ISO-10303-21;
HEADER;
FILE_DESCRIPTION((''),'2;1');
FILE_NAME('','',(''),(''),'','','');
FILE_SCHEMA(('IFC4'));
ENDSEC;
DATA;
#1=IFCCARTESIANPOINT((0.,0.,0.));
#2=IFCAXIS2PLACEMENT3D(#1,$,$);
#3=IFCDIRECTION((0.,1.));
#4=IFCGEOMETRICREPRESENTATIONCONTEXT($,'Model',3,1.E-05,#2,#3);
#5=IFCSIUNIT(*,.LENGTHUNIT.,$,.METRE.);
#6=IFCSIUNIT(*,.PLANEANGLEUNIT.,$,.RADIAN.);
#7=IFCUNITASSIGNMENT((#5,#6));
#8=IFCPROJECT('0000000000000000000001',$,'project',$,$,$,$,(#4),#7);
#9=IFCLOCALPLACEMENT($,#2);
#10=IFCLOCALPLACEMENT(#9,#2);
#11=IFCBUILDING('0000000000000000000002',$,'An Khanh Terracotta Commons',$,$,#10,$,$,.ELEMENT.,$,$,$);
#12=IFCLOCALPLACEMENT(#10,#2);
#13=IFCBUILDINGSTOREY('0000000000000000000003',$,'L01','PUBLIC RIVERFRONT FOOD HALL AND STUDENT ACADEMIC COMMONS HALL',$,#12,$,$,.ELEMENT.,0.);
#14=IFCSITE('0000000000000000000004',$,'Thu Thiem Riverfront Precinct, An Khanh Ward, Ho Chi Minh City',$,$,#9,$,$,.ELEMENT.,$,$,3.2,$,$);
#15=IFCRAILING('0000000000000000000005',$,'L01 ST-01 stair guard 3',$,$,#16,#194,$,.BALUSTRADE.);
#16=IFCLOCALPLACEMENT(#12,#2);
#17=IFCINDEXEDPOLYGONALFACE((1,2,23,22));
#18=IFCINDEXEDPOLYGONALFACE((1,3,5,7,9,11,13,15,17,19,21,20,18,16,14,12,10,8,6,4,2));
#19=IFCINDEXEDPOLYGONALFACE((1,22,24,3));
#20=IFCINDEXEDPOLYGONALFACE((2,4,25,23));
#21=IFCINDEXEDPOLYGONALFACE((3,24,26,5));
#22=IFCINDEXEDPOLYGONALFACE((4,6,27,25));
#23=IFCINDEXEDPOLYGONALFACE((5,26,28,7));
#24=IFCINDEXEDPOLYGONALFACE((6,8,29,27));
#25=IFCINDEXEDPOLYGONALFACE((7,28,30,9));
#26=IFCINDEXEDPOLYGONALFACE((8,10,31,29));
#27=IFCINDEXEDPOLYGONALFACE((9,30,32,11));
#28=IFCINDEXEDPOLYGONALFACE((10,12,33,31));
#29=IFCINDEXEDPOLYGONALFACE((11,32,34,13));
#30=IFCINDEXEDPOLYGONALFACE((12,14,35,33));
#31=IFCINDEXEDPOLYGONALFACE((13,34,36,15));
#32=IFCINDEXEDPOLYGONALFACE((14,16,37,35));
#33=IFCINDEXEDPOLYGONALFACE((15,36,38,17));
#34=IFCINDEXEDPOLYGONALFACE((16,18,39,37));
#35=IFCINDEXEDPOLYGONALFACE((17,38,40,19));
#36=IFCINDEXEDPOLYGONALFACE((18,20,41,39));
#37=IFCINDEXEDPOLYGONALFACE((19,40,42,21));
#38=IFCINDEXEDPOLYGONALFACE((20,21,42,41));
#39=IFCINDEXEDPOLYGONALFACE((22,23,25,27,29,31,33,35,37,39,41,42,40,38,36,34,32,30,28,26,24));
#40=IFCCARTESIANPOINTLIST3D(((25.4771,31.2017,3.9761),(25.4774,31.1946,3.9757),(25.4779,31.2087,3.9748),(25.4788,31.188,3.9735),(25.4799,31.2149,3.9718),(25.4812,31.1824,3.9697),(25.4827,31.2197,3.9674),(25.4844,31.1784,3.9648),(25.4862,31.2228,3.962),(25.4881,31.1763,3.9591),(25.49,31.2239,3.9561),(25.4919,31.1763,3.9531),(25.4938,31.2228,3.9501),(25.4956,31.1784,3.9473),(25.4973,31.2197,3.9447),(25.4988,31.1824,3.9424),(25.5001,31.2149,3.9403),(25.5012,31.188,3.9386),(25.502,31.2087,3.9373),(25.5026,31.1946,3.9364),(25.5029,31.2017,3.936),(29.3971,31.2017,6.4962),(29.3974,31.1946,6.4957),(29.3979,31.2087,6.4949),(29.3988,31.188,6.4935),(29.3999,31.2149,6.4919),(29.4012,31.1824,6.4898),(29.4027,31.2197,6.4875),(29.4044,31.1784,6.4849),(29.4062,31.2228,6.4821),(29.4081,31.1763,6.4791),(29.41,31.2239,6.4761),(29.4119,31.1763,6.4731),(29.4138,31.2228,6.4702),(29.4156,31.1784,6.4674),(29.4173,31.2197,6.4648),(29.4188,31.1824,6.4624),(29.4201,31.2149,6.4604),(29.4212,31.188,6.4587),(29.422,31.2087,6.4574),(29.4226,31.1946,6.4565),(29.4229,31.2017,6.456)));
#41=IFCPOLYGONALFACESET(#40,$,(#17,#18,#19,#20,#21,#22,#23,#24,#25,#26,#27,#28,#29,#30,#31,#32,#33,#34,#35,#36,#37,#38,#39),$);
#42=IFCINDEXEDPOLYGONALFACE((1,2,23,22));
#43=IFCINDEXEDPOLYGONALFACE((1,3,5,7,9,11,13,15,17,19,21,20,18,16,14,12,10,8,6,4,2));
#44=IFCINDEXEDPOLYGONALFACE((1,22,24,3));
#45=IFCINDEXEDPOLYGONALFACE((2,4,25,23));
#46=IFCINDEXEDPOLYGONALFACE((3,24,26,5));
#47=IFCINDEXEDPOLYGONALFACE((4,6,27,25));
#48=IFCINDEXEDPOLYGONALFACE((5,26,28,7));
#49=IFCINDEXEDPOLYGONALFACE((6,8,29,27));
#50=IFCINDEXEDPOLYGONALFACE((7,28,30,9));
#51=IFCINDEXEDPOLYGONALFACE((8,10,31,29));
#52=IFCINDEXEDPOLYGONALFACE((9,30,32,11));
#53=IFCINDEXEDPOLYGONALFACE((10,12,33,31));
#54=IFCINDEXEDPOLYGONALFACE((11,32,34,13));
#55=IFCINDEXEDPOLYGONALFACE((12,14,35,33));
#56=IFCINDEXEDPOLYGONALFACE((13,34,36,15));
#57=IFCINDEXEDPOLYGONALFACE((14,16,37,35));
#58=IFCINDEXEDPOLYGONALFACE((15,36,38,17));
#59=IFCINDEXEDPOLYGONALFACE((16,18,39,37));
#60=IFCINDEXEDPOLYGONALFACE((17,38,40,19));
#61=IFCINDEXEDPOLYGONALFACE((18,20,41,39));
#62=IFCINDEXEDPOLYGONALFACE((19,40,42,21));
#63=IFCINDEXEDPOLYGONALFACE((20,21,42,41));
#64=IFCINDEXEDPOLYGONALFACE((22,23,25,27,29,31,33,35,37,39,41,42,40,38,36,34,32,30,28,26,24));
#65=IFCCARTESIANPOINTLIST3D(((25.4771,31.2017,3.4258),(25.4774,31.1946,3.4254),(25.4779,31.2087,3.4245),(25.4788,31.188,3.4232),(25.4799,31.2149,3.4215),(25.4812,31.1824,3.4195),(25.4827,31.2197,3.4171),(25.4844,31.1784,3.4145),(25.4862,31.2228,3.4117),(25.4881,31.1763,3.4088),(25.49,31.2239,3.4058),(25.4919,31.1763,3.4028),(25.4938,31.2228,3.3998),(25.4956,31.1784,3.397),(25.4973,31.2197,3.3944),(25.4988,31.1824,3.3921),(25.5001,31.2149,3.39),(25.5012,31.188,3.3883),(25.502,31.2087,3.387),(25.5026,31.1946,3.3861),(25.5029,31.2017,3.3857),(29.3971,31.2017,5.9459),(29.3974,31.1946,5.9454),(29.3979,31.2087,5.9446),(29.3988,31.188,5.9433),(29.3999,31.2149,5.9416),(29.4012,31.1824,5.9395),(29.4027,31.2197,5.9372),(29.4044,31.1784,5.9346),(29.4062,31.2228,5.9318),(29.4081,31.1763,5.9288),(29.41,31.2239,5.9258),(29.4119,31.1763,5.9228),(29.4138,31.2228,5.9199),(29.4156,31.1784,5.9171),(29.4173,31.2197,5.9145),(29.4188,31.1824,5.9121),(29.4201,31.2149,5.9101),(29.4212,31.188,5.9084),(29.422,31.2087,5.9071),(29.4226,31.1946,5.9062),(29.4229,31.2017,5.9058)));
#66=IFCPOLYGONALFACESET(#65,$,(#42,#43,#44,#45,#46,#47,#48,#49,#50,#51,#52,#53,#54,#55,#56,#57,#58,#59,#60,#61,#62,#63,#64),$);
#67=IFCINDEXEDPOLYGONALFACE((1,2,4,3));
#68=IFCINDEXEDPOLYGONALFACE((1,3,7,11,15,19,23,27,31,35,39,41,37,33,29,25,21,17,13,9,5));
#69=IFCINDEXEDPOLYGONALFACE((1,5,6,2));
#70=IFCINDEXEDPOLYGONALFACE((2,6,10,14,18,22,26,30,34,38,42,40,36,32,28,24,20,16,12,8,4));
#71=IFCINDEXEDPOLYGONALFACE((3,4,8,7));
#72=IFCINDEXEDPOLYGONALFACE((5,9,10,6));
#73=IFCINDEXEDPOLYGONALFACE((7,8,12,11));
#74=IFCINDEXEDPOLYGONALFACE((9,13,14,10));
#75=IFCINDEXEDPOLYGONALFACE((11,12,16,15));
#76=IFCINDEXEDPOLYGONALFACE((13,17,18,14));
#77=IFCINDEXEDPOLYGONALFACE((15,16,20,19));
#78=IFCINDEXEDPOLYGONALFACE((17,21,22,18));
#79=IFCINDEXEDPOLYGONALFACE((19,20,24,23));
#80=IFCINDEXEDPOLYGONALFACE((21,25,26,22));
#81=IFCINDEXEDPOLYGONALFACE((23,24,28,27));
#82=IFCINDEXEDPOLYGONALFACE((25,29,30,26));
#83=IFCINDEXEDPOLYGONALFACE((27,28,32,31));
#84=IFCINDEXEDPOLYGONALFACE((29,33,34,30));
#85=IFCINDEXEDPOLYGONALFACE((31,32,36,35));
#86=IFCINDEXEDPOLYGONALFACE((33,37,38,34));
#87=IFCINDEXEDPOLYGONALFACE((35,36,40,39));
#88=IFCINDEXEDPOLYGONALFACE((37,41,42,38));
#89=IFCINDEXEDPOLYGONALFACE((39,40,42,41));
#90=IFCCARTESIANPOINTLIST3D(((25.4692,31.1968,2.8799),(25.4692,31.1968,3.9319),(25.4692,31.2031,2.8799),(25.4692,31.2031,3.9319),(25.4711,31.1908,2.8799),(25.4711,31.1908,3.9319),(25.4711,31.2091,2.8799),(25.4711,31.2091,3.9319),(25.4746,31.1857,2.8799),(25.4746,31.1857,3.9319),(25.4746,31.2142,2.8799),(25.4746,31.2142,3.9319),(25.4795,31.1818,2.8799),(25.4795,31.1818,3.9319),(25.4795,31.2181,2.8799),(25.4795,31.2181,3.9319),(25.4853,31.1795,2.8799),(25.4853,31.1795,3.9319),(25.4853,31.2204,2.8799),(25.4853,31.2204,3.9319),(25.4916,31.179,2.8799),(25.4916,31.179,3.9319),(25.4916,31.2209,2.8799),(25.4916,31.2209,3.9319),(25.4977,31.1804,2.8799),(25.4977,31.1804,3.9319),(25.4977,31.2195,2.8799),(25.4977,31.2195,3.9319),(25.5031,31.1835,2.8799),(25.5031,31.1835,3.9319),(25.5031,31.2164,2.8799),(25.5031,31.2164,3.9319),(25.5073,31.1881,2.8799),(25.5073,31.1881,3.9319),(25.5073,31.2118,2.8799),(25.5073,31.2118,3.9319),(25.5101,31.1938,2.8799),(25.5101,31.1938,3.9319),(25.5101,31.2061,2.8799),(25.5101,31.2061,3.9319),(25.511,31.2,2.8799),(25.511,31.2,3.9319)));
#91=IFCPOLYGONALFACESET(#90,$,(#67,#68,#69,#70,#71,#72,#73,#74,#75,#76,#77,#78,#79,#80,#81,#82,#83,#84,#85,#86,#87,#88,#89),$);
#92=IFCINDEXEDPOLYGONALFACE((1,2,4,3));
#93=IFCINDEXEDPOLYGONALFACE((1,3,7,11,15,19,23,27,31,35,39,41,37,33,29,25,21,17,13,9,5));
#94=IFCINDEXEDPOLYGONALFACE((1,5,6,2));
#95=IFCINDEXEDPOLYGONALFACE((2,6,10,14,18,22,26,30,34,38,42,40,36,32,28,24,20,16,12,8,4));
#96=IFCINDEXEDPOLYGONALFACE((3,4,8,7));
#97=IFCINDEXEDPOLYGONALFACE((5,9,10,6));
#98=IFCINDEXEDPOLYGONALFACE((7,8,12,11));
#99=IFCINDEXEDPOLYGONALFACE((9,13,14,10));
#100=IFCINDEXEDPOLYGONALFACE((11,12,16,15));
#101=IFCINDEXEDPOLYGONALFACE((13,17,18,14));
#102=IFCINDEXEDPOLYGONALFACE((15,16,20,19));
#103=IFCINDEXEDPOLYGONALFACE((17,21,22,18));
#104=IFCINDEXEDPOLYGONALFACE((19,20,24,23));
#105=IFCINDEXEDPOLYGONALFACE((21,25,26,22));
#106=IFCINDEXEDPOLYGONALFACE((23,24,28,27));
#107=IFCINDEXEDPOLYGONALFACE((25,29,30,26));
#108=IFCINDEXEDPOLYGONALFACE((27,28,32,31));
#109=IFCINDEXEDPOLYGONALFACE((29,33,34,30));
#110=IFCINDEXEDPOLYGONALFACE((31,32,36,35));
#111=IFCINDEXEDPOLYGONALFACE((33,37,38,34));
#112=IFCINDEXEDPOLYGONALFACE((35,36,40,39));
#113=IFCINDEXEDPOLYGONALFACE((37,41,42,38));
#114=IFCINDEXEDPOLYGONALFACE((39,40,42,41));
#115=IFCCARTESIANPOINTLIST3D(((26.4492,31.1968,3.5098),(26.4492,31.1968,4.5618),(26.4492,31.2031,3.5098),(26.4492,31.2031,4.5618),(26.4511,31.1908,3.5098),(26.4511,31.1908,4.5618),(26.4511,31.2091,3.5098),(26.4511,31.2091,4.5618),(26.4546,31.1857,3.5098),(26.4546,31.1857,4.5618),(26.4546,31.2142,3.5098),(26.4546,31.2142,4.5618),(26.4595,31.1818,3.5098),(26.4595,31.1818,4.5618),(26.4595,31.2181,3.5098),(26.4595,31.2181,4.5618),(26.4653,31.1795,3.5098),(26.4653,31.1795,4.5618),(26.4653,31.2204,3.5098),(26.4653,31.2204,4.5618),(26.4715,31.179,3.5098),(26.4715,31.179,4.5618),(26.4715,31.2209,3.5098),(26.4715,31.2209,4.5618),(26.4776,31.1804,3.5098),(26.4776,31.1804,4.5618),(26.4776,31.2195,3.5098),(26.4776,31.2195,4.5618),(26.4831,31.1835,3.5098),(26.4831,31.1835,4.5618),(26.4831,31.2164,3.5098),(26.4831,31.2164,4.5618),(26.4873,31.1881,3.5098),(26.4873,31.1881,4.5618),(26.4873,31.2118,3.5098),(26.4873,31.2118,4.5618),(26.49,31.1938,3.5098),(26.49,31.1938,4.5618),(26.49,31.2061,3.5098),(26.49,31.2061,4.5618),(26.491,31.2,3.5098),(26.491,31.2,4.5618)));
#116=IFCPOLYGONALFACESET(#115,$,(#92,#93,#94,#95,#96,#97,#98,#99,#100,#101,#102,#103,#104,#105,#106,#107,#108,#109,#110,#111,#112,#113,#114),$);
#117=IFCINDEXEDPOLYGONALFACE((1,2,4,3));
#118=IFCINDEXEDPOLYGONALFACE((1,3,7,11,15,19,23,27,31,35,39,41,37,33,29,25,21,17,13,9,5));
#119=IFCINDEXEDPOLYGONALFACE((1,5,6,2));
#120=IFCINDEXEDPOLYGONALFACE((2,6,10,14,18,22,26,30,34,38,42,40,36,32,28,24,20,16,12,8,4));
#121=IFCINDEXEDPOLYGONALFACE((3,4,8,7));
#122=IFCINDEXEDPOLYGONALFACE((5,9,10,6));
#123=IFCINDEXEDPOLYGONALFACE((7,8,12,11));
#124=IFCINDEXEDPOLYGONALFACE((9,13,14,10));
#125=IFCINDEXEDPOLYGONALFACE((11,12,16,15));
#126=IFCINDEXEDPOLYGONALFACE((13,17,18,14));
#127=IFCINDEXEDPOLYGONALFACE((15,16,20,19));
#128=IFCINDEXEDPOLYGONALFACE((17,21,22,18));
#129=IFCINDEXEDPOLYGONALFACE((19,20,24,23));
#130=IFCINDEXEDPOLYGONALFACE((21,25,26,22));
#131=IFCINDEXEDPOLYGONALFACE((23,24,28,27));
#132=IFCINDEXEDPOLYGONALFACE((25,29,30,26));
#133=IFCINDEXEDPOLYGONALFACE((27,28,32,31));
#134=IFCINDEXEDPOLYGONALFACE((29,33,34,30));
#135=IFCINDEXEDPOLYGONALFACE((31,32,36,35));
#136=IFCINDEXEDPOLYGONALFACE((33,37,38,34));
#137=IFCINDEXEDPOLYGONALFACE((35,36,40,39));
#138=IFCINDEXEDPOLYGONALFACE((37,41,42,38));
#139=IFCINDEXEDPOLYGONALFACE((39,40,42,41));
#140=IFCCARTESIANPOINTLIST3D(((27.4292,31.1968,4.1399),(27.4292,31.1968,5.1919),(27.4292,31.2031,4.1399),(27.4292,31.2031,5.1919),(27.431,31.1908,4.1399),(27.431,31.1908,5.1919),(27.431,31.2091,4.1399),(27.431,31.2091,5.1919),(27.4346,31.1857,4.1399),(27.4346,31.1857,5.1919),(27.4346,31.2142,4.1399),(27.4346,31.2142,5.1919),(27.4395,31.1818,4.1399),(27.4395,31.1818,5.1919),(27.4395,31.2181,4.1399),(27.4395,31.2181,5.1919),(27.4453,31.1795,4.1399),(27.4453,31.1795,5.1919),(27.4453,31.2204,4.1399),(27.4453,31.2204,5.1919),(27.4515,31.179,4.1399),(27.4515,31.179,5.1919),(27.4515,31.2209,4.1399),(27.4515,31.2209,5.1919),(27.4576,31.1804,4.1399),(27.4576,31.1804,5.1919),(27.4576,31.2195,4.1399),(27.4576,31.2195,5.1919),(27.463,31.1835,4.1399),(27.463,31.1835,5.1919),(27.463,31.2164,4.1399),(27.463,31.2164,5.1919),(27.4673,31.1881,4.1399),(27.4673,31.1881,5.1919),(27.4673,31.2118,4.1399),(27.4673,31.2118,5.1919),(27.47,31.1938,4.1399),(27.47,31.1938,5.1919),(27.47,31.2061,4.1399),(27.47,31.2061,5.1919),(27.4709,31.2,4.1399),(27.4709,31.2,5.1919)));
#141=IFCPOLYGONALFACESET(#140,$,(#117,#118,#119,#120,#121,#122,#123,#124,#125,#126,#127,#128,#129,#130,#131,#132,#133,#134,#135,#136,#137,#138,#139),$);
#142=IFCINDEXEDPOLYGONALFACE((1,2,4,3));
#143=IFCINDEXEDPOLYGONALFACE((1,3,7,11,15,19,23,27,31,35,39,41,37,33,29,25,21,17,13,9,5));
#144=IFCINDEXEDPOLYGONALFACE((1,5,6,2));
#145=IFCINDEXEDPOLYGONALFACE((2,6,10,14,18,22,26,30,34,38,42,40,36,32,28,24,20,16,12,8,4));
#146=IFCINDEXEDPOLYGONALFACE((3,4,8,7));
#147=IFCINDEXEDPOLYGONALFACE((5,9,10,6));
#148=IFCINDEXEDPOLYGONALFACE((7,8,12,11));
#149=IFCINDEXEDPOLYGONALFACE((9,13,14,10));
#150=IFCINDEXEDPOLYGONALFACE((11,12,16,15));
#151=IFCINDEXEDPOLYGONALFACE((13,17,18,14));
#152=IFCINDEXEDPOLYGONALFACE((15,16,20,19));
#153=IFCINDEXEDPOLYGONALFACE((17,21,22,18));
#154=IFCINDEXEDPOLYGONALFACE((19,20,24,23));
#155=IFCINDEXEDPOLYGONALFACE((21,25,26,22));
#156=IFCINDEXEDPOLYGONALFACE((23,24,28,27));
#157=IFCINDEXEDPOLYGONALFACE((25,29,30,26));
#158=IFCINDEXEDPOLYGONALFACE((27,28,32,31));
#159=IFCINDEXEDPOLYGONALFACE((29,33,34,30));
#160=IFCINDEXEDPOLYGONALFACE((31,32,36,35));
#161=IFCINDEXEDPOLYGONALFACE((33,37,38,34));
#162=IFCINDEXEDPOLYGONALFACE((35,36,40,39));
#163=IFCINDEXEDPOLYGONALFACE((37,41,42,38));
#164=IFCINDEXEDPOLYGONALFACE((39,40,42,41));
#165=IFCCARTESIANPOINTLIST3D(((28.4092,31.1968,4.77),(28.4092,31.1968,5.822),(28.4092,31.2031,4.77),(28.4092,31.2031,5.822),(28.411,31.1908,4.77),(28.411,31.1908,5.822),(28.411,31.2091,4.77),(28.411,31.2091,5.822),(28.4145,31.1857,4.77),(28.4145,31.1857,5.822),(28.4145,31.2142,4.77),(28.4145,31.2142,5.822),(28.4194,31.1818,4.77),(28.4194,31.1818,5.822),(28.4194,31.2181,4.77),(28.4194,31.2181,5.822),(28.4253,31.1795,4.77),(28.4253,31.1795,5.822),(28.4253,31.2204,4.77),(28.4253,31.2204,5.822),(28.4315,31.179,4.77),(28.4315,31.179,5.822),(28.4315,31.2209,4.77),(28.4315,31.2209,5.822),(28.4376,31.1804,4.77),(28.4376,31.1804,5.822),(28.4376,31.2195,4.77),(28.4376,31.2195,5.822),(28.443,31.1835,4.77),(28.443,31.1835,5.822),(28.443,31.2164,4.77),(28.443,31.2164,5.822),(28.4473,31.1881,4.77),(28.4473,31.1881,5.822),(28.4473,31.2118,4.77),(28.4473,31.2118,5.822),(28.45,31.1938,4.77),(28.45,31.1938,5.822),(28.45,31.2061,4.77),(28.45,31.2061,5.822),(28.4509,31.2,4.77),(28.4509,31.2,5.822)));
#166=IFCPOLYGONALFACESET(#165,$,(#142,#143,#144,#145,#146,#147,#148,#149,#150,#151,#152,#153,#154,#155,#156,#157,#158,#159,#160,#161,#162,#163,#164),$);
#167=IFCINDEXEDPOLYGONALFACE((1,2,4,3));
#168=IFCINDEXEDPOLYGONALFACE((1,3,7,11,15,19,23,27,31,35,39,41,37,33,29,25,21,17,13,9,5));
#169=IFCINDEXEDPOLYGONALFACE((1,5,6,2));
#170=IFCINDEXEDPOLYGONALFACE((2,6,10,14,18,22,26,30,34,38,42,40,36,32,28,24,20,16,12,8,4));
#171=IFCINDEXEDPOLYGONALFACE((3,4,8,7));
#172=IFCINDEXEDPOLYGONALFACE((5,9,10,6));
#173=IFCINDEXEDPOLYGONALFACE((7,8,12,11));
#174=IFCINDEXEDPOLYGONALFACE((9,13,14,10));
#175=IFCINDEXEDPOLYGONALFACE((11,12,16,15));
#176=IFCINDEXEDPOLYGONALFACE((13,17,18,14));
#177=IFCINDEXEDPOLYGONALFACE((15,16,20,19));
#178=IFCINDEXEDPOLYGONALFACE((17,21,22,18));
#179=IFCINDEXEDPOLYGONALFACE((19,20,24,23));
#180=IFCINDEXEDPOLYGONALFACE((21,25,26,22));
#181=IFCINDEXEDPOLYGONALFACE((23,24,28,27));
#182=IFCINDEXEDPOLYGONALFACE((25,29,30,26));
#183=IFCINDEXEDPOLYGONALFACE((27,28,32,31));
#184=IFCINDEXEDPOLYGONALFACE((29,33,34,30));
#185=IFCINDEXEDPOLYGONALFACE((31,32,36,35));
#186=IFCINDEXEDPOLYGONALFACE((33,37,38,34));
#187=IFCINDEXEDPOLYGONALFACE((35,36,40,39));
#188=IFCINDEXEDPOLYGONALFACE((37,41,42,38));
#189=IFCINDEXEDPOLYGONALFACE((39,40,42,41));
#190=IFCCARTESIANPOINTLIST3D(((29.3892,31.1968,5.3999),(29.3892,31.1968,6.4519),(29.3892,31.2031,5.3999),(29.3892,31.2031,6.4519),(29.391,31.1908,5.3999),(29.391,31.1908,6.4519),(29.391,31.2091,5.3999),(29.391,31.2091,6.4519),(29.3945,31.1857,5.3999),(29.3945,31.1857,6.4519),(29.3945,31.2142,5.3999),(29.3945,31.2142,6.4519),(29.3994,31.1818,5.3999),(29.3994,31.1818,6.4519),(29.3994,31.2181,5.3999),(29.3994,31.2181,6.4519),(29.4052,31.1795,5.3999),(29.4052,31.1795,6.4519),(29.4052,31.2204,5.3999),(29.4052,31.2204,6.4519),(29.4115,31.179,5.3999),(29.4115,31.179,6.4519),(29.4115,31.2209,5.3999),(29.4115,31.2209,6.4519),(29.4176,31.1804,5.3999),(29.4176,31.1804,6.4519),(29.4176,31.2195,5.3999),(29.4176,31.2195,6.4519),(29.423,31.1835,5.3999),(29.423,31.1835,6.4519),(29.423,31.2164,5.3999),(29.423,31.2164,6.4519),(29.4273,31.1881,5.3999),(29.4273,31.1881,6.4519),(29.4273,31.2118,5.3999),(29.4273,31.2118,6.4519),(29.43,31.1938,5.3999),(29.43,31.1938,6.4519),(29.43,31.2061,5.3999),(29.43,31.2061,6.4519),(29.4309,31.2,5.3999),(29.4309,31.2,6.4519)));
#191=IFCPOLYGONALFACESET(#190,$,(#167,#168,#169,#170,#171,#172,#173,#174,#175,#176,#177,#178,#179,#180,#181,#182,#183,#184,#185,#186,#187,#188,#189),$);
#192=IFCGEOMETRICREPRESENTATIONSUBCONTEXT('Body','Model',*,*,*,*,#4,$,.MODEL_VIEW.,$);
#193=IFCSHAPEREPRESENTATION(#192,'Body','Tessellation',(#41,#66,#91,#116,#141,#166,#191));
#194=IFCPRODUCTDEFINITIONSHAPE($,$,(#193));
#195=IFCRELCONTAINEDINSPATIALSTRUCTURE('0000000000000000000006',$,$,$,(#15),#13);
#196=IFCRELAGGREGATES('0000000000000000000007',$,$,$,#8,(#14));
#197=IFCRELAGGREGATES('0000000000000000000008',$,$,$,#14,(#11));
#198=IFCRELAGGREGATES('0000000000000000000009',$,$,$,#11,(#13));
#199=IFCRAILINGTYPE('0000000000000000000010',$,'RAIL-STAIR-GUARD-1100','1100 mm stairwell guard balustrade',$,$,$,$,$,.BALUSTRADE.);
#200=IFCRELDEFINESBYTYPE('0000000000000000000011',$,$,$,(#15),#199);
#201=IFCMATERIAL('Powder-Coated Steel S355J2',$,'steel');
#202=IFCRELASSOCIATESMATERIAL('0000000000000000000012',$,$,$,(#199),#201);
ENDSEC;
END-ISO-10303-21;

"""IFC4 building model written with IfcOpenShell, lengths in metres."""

from ifc_helpers import new_model, si_unit, direction, frame, origin, origin_2d, place, context, subcontext, project, spatial, circle, extrude, material, type_object, element, save


model = new_model("IFC4")

# Units and contexts
model_context = context("Model", 3, precision=1e-05, world=origin(), true_north=direction((0.0, 1.0)))
body_context = subcontext(model_context, "Body", "Model", "MODEL_VIEW")
ifc_project = project(units=[si_unit("LENGTHUNIT", "METRE"), si_unit("PLANEANGLEUNIT", "RADIAN")], contexts=[model_context])

# Site, building, storey
site_placement = place(None, origin())
site = spatial("IfcSite", under=ifc_project, at=site_placement, Name="Thu Thiem Riverfront Precinct, An Khanh Ward, Ho Chi Minh City", CompositionType="ELEMENT", RefElevation=3.2)
building_placement = place(site_placement, origin())
building = spatial("IfcBuilding", under=site, at=building_placement, Name="An Khanh Terracotta Commons", CompositionType="ELEMENT")
storey_placement = place(building_placement, origin())
storey = spatial("IfcBuildingStorey", under=building, at=storey_placement, Name="L01", Description="PUBLIC RIVERFRONT FOOD HALL AND STUDENT ACADEMIC COMMONS HALL", CompositionType="ELEMENT", Elevation=0.0)

# Railing
ifc_material_1 = material(Name="Powder-Coated Steel S355J2", Category="steel")
railing_type = type_object("IfcRailingType", Name="RAIL-STAIR-GUARD-1100", Description="1100 mm stairwell guard balustrade", PredefinedType="BALUSTRADE", material=ifc_material_1)
railing_1_placement = place(storey_placement, frame((25.49, 31.2, 2.8799)))
element("IfcRailing", 1, at=railing_1_placement, inside=storey, type_object=railing_type, Name="L01 ST-01 stair guard 3", PredefinedType="BALUSTRADE", context=body_context, shape_type="SweptSolid", body=[
    extrude(circle(Radius=0.0239, at=origin_2d()), frame((0.0, 0.0, 1.0762), z_axis=(0.841172, 0.0, 0.540768), x_axis=(0.0, 1.0, 0.0)), (0.0, 0.0, 1.0), 4.6602),
    extrude(circle(Radius=0.0239, at=origin_2d()), frame((0.0, 0.0, 0.5259), z_axis=(0.841172, 0.0, 0.540768), x_axis=(0.0, 1.0, 0.0)), (0.0, 0.0, 1.0), 4.6602),
    extrude(circle(Radius=0.021, at=origin_2d()), origin(), (0.0, 0.0, 1.0), 1.052),
    extrude(circle(Radius=0.021, at=origin_2d()), frame((0.98, 0.0, 0.6299)), (0.0, 0.0, 1.0), 1.052),
    extrude(circle(Radius=0.021, at=origin_2d()), frame((1.96, 0.0, 1.26)), (0.0, 0.0, 1.0), 1.052),
    extrude(circle(Radius=0.021, at=origin_2d()), frame((2.9399, 0.0, 1.8901)), (0.0, 0.0, 1.0), 1.052),
    extrude(circle(Radius=0.021, at=origin_2d()), frame((3.9199, 0.0, 2.52)), (0.0, 0.0, 1.0), 1.052),
])

save(model, "model.ifc")
